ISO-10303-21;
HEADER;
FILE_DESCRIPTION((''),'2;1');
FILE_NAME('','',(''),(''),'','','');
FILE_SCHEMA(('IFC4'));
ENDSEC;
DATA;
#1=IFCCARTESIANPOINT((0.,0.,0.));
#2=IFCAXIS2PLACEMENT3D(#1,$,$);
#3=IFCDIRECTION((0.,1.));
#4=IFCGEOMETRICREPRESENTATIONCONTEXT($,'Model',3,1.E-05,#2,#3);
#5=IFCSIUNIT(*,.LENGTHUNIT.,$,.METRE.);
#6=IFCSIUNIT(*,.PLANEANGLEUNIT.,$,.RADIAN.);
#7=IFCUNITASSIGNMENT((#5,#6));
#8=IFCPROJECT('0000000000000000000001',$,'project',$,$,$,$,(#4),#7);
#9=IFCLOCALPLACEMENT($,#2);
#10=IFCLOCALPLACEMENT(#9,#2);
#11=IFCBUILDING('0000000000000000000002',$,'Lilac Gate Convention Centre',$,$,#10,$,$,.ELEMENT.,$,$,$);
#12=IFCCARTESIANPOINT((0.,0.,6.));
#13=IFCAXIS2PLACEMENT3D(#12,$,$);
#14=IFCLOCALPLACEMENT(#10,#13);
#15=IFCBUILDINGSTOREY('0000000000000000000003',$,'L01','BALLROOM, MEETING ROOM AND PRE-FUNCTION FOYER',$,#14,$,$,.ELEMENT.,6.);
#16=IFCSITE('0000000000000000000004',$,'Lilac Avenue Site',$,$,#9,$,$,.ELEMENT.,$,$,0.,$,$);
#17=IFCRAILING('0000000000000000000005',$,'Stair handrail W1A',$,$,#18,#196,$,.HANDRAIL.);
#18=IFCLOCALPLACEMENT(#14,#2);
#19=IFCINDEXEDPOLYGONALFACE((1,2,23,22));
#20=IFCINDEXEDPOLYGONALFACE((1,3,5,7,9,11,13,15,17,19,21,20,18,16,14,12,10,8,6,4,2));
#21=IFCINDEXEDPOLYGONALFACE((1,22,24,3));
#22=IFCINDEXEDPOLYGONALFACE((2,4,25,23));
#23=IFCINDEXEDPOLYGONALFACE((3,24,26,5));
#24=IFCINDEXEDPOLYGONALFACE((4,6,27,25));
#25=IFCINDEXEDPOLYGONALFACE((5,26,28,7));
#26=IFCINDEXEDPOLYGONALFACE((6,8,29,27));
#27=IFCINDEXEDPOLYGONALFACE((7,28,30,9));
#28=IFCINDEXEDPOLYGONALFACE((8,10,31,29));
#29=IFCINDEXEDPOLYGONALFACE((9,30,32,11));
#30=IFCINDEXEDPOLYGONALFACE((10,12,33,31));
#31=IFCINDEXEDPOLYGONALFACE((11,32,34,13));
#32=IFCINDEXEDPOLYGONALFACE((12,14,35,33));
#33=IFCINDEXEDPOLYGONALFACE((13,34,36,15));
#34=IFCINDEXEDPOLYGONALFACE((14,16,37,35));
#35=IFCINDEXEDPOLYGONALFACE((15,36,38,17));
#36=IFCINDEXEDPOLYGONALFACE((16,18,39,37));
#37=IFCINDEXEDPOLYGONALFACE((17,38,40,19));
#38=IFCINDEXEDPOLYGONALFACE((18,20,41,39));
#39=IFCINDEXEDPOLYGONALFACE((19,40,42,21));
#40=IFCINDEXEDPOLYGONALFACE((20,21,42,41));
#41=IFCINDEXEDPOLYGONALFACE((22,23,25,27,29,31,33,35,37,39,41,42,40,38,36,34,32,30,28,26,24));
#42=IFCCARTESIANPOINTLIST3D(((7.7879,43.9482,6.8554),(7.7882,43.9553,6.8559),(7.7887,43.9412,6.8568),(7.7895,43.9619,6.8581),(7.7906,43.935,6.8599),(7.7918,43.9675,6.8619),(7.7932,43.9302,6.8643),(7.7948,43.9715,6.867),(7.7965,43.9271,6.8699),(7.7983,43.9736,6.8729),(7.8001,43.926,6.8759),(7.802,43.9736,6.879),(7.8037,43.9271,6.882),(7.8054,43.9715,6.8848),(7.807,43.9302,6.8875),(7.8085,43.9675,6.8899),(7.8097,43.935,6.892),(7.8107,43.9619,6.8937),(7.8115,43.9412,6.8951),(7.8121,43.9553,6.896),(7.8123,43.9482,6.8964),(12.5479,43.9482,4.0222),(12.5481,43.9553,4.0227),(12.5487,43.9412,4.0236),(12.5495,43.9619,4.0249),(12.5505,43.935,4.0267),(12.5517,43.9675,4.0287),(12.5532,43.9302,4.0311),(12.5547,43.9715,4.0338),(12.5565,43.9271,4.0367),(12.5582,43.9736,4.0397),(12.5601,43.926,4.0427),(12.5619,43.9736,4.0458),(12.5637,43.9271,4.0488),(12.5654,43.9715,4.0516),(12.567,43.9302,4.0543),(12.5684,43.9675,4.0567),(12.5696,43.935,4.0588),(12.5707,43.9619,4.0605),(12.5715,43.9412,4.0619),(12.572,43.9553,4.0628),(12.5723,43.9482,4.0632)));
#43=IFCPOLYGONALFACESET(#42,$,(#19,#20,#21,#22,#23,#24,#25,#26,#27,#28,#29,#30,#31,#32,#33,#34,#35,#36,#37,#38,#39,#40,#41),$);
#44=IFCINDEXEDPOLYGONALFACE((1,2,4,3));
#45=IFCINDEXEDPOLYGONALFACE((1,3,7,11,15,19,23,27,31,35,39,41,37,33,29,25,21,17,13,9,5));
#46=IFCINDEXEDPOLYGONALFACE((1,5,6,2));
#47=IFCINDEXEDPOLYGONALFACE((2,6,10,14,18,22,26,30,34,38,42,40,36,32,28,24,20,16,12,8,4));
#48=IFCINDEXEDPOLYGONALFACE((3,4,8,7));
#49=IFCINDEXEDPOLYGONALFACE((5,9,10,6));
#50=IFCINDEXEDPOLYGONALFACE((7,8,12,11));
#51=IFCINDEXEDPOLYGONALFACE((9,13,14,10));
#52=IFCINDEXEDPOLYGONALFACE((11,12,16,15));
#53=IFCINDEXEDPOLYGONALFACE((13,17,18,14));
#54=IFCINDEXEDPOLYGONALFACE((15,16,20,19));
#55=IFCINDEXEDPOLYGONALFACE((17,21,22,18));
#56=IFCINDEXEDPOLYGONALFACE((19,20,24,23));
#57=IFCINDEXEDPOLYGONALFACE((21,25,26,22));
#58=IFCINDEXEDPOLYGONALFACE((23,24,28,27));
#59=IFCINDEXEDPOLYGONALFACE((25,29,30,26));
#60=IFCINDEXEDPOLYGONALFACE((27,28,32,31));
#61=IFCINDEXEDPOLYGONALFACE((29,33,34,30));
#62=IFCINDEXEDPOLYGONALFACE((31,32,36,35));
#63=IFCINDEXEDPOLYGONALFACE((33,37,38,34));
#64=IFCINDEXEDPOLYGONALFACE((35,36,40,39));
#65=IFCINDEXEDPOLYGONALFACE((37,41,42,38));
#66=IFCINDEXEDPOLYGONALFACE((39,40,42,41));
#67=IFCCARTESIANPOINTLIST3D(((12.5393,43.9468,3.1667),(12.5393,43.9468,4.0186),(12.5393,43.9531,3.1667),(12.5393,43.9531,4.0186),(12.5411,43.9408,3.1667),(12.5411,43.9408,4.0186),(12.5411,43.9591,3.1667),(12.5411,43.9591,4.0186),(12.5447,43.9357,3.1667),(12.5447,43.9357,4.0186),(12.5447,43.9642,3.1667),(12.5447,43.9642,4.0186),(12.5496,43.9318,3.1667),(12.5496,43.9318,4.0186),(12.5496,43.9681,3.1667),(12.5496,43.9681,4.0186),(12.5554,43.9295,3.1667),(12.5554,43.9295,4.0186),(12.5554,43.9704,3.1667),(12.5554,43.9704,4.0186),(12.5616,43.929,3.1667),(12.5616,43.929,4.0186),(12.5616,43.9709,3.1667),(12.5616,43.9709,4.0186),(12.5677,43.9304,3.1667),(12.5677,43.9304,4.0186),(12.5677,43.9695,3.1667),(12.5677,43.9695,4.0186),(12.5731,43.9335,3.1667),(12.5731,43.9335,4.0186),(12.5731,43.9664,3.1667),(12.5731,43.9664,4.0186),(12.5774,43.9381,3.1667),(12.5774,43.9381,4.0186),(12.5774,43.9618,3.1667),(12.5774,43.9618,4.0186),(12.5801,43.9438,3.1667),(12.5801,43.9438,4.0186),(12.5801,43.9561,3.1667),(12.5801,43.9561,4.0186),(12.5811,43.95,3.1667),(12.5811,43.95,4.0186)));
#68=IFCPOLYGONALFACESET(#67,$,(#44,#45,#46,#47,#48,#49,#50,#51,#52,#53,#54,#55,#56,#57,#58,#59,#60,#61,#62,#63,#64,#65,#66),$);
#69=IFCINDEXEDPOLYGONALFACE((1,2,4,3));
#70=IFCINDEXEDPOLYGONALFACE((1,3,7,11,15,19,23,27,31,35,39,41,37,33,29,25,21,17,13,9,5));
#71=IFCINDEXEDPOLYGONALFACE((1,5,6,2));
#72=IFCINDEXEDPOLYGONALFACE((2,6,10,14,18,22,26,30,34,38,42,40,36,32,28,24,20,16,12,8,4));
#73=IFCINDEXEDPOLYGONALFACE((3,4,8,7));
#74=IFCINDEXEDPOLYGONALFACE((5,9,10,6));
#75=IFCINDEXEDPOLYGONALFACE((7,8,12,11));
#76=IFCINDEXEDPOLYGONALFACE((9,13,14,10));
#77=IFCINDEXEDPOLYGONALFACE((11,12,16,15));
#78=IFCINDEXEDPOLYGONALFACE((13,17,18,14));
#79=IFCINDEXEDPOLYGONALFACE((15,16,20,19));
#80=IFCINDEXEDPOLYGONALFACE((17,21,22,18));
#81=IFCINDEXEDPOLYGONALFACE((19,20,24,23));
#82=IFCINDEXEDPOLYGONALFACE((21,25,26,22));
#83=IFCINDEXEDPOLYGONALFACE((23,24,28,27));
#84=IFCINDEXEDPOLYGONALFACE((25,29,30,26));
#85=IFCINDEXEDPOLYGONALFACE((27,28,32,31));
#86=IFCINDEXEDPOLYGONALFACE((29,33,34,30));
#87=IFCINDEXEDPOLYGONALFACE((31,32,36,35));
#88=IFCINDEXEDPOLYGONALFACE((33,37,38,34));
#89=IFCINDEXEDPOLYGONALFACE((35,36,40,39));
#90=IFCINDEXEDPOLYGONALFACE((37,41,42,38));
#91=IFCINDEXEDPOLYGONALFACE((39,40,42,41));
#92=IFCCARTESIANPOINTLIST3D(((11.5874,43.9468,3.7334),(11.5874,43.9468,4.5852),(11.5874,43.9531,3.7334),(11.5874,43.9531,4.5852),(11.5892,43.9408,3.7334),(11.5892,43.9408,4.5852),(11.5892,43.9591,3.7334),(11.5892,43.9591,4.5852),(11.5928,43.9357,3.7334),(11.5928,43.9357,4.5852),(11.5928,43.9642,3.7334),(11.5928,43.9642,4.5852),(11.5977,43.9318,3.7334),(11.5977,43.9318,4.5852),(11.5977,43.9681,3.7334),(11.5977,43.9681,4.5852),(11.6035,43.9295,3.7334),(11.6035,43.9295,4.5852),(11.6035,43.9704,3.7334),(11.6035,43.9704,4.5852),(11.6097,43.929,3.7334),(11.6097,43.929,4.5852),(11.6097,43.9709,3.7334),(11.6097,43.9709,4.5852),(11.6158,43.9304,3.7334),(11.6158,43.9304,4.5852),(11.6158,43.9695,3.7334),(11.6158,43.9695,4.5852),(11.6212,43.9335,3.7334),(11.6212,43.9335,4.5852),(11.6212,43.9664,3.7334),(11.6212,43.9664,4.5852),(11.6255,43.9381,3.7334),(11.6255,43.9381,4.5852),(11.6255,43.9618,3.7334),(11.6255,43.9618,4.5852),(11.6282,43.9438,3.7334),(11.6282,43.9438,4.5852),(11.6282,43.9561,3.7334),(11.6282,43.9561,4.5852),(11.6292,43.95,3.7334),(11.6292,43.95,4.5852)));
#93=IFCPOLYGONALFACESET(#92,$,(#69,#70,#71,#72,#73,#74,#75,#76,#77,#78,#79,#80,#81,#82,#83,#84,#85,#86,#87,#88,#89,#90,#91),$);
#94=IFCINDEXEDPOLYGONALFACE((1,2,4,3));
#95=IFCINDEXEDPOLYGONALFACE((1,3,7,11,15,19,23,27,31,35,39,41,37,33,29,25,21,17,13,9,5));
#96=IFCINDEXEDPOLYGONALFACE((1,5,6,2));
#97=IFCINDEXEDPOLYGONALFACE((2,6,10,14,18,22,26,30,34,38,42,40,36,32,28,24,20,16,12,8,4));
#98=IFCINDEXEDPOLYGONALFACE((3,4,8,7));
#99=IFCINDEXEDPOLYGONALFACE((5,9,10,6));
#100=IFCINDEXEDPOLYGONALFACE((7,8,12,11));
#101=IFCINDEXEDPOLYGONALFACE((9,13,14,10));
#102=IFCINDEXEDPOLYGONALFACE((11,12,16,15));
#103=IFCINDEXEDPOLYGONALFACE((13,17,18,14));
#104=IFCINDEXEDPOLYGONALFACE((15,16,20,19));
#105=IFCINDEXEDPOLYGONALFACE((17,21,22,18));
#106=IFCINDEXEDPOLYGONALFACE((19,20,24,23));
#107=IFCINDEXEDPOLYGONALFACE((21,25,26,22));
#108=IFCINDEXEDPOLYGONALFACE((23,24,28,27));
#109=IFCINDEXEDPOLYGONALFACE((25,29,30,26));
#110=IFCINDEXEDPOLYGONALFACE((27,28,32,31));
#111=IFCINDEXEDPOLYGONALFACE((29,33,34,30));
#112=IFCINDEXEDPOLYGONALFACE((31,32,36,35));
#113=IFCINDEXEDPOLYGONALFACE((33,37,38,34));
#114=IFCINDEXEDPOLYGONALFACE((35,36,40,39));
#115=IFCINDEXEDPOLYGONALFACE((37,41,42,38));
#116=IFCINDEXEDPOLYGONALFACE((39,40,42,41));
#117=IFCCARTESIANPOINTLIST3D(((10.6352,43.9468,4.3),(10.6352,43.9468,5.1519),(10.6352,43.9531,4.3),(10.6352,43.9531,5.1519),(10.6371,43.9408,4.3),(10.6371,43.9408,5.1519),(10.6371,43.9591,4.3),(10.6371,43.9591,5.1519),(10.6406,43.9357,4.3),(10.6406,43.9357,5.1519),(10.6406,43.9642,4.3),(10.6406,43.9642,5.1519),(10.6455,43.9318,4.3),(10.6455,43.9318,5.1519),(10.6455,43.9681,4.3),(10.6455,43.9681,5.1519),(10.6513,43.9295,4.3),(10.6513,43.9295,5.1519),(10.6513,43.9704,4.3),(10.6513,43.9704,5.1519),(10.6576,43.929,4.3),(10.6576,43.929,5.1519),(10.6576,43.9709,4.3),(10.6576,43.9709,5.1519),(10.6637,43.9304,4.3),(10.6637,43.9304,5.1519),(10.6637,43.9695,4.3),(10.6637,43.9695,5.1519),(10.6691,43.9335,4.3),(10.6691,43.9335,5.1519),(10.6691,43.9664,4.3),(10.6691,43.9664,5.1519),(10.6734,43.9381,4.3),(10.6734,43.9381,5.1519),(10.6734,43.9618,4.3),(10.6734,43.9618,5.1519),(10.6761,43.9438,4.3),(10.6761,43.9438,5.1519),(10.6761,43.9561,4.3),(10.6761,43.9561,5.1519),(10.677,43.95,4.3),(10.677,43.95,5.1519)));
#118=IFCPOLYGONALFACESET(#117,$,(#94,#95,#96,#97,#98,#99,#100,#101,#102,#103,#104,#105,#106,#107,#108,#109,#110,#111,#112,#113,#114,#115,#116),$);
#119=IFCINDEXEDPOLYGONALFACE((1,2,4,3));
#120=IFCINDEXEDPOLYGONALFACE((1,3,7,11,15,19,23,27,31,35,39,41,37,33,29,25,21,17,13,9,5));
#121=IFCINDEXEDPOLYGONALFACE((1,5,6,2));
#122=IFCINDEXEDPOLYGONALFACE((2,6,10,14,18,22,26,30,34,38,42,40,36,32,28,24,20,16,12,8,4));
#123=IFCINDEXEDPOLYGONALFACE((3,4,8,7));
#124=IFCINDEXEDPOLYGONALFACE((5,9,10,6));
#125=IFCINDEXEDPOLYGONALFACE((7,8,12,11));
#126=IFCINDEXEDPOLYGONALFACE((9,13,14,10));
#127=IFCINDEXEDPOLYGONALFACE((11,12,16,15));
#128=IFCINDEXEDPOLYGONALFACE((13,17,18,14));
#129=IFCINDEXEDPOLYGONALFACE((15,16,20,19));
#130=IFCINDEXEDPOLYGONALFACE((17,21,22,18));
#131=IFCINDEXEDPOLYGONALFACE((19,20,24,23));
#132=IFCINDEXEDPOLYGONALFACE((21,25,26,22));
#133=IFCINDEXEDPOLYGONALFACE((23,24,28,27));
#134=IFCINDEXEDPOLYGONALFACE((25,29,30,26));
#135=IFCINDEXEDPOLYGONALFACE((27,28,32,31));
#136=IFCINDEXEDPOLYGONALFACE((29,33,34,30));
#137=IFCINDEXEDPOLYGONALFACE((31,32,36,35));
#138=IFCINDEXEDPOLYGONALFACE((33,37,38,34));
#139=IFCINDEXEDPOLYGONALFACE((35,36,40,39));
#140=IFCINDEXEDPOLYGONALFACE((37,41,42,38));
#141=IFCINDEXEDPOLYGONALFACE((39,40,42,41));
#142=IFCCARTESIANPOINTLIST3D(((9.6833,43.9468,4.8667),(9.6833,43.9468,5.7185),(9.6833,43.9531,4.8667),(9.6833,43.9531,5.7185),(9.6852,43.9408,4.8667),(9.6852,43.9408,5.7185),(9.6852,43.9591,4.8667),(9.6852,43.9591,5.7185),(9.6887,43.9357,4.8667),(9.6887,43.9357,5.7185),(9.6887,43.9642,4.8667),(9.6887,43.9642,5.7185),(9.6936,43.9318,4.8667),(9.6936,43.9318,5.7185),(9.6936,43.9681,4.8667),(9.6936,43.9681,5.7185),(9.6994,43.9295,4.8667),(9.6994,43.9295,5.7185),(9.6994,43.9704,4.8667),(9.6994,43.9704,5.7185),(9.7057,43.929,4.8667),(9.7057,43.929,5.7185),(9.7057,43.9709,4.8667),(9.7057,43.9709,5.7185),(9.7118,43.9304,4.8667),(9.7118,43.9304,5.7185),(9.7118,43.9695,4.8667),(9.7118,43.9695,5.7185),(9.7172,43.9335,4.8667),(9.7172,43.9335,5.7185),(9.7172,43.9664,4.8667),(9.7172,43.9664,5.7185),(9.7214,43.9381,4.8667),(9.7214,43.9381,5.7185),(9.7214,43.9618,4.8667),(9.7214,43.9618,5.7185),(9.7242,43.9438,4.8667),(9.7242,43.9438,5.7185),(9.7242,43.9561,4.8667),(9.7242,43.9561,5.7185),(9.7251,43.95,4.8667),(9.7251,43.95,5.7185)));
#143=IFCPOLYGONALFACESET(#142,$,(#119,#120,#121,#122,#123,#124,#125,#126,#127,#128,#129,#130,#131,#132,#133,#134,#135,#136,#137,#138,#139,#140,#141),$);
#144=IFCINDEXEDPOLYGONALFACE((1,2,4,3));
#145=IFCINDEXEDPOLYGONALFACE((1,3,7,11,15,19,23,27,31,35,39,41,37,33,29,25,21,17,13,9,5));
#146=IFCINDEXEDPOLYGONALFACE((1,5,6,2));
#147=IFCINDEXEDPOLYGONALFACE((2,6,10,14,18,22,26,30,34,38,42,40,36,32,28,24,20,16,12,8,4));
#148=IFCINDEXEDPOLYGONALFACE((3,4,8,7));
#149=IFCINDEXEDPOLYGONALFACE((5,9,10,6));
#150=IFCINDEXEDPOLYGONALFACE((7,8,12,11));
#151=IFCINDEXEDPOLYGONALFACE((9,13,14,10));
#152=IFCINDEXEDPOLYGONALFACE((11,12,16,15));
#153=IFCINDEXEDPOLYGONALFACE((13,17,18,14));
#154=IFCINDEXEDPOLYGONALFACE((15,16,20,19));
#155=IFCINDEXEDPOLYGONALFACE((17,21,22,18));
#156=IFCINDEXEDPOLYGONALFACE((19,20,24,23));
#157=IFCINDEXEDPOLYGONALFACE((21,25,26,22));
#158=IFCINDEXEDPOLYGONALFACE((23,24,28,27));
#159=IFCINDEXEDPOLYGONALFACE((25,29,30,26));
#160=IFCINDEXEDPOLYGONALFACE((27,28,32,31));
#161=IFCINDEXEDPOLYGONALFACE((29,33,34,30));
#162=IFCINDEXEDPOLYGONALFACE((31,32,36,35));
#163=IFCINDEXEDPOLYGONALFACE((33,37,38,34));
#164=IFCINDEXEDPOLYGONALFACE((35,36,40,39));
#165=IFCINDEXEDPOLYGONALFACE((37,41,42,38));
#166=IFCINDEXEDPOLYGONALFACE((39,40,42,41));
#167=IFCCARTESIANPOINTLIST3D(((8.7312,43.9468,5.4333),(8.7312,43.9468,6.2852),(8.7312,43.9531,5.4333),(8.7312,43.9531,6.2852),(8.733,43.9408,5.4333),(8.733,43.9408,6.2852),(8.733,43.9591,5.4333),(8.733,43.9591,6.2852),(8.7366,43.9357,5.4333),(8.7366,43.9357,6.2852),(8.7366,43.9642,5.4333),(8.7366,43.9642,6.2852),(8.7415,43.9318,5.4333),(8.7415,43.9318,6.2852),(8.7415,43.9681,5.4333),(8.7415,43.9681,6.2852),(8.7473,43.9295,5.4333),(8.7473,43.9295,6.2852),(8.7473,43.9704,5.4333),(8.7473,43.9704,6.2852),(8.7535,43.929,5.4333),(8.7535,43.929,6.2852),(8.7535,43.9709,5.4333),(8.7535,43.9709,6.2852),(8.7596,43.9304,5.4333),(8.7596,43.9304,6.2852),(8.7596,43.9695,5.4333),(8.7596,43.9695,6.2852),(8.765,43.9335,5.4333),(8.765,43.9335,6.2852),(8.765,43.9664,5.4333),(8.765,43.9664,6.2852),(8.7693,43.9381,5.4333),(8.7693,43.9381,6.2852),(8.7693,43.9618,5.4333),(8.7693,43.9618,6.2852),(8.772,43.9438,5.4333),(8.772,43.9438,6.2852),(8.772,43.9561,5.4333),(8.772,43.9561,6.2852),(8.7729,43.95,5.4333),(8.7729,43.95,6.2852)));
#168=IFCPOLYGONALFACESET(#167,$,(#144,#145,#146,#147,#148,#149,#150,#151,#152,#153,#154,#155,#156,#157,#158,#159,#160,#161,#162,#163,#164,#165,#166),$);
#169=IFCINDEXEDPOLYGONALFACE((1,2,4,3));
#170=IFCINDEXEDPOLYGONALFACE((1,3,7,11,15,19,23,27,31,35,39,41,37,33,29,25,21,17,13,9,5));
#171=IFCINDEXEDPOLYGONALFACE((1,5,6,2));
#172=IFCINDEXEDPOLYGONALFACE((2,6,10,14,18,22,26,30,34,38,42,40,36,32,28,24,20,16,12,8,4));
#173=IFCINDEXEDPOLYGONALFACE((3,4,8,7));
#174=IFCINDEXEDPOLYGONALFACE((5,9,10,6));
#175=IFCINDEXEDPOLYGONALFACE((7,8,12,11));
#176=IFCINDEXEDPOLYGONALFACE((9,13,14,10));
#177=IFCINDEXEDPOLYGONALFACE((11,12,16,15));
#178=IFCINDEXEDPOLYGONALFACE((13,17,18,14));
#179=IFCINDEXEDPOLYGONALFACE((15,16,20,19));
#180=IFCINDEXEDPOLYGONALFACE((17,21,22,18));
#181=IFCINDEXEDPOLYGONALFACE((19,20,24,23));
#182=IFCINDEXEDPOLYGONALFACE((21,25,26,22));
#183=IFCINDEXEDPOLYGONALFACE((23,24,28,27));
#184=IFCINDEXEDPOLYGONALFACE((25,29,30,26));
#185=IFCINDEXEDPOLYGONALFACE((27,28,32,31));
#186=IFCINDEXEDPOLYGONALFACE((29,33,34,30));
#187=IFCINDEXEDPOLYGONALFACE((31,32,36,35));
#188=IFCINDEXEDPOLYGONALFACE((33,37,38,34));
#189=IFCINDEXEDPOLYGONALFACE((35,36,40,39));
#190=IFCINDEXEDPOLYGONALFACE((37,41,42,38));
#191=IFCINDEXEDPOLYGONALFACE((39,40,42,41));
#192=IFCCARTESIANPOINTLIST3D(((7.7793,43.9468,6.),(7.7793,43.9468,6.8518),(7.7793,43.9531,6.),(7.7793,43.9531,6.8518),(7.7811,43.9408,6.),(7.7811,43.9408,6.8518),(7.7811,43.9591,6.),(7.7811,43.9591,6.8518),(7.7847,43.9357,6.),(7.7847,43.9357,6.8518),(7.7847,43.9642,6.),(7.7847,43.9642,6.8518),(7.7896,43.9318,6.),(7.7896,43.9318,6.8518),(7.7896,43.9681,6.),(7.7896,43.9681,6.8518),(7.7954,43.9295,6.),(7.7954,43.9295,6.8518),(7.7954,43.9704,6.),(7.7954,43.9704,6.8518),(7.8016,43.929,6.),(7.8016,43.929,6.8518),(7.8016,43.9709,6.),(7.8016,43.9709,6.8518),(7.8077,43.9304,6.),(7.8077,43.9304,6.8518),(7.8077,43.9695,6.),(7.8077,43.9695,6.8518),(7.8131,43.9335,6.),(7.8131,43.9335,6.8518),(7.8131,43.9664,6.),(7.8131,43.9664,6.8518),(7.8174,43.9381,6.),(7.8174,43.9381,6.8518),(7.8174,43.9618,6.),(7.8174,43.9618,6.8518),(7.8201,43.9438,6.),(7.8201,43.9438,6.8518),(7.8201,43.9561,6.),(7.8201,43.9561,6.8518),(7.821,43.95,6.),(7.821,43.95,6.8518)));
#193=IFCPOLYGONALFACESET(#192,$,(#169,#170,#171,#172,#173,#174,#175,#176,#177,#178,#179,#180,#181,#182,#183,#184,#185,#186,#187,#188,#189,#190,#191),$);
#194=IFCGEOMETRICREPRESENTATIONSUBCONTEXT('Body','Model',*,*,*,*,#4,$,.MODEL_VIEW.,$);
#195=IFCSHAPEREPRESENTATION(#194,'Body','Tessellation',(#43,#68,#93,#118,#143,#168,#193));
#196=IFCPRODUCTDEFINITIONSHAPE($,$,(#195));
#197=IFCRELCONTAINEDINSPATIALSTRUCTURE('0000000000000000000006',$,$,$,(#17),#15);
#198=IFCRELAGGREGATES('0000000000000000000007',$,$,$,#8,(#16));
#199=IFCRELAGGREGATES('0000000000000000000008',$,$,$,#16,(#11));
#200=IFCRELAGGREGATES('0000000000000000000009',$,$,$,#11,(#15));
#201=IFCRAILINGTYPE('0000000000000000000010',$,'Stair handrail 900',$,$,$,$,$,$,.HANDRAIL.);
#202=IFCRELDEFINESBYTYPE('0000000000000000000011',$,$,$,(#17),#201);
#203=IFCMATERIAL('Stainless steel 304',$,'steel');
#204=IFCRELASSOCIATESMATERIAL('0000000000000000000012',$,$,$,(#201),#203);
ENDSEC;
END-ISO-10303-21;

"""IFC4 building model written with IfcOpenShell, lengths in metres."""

from ifc_helpers import new_model, si_unit, direction, frame, origin, origin_2d, place, context, subcontext, project, spatial, circle, extrude, material, type_object, element, save


model = new_model("IFC4")

# Units and contexts
model_context = context("Model", 3, precision=1e-05, world=origin(), true_north=direction((0.0, 1.0)))
body_context = subcontext(model_context, "Body", "Model", "MODEL_VIEW")
ifc_project = project(units=[si_unit("LENGTHUNIT", "METRE"), si_unit("PLANEANGLEUNIT", "RADIAN")], contexts=[model_context])

# Site, building, storey
site_placement = place(None, origin())
site = spatial("IfcSite", under=ifc_project, at=site_placement, Name="Lilac Avenue Site", CompositionType="ELEMENT", RefElevation=0.0)
building_placement = place(site_placement, origin())
building = spatial("IfcBuilding", under=site, at=building_placement, Name="Lilac Gate Convention Centre", CompositionType="ELEMENT")
storey_placement = place(building_placement, frame((0.0, 0.0, 6.0)))
storey = spatial("IfcBuildingStorey", under=building, at=storey_placement, Name="L01", Description="BALLROOM, MEETING ROOM AND PRE-FUNCTION FOYER", CompositionType="ELEMENT", Elevation=6.0)

# Shared definitions
ifc_material_1 = material(Name="Stainless steel 304", Category="steel")

# Railing
railing_type = type_object("IfcRailingType", Name="Stair handrail 900", PredefinedType="HANDRAIL", material=ifc_material_1)
for number, where, name in (
    (1, (12.5601, 43.95, 3.1667), "Stair handrail W1A"),
):
    element("IfcRailing", number, at=place(storey_placement, frame(where)), inside=storey, type_object=railing_type, Name=name, PredefinedType="HANDRAIL", context=body_context, shape_type="SweptSolid", body=[
        extrude(circle(Radius=0.0239, at=origin_2d()), frame((0.0, 0.0, 0.876), z_axis=(-0.8593, 0.0, 0.511472), x_axis=(0.0, -1.0, 0.0)), (0.0, 0.0, 1.0), 5.5393),
        extrude(circle(Radius=0.021, at=origin_2d()), origin(), (0.0, 0.0, 1.0), 0.8518),
        extrude(circle(Radius=0.021, at=origin_2d()), frame((-0.9519, 0.0, 0.5667)), (0.0, 0.0, 1.0), 0.8518),
        extrude(circle(Radius=0.021, at=origin_2d()), frame((-1.9041, 0.0, 1.1333)), (0.0, 0.0, 1.0), 0.8518),
        extrude(circle(Radius=0.021, at=origin_2d()), frame((-2.856, 0.0, 1.7)), (0.0, 0.0, 1.0), 0.8518),
        extrude(circle(Radius=0.021, at=origin_2d()), frame((-3.8081, 0.0, 2.2666)), (0.0, 0.0, 1.0), 0.8518),
        extrude(circle(Radius=0.021, at=origin_2d()), frame((-4.76, 0.0, 2.8333)), (0.0, 0.0, 1.0), 0.8518),
    ])

save(model, "model.ifc")
